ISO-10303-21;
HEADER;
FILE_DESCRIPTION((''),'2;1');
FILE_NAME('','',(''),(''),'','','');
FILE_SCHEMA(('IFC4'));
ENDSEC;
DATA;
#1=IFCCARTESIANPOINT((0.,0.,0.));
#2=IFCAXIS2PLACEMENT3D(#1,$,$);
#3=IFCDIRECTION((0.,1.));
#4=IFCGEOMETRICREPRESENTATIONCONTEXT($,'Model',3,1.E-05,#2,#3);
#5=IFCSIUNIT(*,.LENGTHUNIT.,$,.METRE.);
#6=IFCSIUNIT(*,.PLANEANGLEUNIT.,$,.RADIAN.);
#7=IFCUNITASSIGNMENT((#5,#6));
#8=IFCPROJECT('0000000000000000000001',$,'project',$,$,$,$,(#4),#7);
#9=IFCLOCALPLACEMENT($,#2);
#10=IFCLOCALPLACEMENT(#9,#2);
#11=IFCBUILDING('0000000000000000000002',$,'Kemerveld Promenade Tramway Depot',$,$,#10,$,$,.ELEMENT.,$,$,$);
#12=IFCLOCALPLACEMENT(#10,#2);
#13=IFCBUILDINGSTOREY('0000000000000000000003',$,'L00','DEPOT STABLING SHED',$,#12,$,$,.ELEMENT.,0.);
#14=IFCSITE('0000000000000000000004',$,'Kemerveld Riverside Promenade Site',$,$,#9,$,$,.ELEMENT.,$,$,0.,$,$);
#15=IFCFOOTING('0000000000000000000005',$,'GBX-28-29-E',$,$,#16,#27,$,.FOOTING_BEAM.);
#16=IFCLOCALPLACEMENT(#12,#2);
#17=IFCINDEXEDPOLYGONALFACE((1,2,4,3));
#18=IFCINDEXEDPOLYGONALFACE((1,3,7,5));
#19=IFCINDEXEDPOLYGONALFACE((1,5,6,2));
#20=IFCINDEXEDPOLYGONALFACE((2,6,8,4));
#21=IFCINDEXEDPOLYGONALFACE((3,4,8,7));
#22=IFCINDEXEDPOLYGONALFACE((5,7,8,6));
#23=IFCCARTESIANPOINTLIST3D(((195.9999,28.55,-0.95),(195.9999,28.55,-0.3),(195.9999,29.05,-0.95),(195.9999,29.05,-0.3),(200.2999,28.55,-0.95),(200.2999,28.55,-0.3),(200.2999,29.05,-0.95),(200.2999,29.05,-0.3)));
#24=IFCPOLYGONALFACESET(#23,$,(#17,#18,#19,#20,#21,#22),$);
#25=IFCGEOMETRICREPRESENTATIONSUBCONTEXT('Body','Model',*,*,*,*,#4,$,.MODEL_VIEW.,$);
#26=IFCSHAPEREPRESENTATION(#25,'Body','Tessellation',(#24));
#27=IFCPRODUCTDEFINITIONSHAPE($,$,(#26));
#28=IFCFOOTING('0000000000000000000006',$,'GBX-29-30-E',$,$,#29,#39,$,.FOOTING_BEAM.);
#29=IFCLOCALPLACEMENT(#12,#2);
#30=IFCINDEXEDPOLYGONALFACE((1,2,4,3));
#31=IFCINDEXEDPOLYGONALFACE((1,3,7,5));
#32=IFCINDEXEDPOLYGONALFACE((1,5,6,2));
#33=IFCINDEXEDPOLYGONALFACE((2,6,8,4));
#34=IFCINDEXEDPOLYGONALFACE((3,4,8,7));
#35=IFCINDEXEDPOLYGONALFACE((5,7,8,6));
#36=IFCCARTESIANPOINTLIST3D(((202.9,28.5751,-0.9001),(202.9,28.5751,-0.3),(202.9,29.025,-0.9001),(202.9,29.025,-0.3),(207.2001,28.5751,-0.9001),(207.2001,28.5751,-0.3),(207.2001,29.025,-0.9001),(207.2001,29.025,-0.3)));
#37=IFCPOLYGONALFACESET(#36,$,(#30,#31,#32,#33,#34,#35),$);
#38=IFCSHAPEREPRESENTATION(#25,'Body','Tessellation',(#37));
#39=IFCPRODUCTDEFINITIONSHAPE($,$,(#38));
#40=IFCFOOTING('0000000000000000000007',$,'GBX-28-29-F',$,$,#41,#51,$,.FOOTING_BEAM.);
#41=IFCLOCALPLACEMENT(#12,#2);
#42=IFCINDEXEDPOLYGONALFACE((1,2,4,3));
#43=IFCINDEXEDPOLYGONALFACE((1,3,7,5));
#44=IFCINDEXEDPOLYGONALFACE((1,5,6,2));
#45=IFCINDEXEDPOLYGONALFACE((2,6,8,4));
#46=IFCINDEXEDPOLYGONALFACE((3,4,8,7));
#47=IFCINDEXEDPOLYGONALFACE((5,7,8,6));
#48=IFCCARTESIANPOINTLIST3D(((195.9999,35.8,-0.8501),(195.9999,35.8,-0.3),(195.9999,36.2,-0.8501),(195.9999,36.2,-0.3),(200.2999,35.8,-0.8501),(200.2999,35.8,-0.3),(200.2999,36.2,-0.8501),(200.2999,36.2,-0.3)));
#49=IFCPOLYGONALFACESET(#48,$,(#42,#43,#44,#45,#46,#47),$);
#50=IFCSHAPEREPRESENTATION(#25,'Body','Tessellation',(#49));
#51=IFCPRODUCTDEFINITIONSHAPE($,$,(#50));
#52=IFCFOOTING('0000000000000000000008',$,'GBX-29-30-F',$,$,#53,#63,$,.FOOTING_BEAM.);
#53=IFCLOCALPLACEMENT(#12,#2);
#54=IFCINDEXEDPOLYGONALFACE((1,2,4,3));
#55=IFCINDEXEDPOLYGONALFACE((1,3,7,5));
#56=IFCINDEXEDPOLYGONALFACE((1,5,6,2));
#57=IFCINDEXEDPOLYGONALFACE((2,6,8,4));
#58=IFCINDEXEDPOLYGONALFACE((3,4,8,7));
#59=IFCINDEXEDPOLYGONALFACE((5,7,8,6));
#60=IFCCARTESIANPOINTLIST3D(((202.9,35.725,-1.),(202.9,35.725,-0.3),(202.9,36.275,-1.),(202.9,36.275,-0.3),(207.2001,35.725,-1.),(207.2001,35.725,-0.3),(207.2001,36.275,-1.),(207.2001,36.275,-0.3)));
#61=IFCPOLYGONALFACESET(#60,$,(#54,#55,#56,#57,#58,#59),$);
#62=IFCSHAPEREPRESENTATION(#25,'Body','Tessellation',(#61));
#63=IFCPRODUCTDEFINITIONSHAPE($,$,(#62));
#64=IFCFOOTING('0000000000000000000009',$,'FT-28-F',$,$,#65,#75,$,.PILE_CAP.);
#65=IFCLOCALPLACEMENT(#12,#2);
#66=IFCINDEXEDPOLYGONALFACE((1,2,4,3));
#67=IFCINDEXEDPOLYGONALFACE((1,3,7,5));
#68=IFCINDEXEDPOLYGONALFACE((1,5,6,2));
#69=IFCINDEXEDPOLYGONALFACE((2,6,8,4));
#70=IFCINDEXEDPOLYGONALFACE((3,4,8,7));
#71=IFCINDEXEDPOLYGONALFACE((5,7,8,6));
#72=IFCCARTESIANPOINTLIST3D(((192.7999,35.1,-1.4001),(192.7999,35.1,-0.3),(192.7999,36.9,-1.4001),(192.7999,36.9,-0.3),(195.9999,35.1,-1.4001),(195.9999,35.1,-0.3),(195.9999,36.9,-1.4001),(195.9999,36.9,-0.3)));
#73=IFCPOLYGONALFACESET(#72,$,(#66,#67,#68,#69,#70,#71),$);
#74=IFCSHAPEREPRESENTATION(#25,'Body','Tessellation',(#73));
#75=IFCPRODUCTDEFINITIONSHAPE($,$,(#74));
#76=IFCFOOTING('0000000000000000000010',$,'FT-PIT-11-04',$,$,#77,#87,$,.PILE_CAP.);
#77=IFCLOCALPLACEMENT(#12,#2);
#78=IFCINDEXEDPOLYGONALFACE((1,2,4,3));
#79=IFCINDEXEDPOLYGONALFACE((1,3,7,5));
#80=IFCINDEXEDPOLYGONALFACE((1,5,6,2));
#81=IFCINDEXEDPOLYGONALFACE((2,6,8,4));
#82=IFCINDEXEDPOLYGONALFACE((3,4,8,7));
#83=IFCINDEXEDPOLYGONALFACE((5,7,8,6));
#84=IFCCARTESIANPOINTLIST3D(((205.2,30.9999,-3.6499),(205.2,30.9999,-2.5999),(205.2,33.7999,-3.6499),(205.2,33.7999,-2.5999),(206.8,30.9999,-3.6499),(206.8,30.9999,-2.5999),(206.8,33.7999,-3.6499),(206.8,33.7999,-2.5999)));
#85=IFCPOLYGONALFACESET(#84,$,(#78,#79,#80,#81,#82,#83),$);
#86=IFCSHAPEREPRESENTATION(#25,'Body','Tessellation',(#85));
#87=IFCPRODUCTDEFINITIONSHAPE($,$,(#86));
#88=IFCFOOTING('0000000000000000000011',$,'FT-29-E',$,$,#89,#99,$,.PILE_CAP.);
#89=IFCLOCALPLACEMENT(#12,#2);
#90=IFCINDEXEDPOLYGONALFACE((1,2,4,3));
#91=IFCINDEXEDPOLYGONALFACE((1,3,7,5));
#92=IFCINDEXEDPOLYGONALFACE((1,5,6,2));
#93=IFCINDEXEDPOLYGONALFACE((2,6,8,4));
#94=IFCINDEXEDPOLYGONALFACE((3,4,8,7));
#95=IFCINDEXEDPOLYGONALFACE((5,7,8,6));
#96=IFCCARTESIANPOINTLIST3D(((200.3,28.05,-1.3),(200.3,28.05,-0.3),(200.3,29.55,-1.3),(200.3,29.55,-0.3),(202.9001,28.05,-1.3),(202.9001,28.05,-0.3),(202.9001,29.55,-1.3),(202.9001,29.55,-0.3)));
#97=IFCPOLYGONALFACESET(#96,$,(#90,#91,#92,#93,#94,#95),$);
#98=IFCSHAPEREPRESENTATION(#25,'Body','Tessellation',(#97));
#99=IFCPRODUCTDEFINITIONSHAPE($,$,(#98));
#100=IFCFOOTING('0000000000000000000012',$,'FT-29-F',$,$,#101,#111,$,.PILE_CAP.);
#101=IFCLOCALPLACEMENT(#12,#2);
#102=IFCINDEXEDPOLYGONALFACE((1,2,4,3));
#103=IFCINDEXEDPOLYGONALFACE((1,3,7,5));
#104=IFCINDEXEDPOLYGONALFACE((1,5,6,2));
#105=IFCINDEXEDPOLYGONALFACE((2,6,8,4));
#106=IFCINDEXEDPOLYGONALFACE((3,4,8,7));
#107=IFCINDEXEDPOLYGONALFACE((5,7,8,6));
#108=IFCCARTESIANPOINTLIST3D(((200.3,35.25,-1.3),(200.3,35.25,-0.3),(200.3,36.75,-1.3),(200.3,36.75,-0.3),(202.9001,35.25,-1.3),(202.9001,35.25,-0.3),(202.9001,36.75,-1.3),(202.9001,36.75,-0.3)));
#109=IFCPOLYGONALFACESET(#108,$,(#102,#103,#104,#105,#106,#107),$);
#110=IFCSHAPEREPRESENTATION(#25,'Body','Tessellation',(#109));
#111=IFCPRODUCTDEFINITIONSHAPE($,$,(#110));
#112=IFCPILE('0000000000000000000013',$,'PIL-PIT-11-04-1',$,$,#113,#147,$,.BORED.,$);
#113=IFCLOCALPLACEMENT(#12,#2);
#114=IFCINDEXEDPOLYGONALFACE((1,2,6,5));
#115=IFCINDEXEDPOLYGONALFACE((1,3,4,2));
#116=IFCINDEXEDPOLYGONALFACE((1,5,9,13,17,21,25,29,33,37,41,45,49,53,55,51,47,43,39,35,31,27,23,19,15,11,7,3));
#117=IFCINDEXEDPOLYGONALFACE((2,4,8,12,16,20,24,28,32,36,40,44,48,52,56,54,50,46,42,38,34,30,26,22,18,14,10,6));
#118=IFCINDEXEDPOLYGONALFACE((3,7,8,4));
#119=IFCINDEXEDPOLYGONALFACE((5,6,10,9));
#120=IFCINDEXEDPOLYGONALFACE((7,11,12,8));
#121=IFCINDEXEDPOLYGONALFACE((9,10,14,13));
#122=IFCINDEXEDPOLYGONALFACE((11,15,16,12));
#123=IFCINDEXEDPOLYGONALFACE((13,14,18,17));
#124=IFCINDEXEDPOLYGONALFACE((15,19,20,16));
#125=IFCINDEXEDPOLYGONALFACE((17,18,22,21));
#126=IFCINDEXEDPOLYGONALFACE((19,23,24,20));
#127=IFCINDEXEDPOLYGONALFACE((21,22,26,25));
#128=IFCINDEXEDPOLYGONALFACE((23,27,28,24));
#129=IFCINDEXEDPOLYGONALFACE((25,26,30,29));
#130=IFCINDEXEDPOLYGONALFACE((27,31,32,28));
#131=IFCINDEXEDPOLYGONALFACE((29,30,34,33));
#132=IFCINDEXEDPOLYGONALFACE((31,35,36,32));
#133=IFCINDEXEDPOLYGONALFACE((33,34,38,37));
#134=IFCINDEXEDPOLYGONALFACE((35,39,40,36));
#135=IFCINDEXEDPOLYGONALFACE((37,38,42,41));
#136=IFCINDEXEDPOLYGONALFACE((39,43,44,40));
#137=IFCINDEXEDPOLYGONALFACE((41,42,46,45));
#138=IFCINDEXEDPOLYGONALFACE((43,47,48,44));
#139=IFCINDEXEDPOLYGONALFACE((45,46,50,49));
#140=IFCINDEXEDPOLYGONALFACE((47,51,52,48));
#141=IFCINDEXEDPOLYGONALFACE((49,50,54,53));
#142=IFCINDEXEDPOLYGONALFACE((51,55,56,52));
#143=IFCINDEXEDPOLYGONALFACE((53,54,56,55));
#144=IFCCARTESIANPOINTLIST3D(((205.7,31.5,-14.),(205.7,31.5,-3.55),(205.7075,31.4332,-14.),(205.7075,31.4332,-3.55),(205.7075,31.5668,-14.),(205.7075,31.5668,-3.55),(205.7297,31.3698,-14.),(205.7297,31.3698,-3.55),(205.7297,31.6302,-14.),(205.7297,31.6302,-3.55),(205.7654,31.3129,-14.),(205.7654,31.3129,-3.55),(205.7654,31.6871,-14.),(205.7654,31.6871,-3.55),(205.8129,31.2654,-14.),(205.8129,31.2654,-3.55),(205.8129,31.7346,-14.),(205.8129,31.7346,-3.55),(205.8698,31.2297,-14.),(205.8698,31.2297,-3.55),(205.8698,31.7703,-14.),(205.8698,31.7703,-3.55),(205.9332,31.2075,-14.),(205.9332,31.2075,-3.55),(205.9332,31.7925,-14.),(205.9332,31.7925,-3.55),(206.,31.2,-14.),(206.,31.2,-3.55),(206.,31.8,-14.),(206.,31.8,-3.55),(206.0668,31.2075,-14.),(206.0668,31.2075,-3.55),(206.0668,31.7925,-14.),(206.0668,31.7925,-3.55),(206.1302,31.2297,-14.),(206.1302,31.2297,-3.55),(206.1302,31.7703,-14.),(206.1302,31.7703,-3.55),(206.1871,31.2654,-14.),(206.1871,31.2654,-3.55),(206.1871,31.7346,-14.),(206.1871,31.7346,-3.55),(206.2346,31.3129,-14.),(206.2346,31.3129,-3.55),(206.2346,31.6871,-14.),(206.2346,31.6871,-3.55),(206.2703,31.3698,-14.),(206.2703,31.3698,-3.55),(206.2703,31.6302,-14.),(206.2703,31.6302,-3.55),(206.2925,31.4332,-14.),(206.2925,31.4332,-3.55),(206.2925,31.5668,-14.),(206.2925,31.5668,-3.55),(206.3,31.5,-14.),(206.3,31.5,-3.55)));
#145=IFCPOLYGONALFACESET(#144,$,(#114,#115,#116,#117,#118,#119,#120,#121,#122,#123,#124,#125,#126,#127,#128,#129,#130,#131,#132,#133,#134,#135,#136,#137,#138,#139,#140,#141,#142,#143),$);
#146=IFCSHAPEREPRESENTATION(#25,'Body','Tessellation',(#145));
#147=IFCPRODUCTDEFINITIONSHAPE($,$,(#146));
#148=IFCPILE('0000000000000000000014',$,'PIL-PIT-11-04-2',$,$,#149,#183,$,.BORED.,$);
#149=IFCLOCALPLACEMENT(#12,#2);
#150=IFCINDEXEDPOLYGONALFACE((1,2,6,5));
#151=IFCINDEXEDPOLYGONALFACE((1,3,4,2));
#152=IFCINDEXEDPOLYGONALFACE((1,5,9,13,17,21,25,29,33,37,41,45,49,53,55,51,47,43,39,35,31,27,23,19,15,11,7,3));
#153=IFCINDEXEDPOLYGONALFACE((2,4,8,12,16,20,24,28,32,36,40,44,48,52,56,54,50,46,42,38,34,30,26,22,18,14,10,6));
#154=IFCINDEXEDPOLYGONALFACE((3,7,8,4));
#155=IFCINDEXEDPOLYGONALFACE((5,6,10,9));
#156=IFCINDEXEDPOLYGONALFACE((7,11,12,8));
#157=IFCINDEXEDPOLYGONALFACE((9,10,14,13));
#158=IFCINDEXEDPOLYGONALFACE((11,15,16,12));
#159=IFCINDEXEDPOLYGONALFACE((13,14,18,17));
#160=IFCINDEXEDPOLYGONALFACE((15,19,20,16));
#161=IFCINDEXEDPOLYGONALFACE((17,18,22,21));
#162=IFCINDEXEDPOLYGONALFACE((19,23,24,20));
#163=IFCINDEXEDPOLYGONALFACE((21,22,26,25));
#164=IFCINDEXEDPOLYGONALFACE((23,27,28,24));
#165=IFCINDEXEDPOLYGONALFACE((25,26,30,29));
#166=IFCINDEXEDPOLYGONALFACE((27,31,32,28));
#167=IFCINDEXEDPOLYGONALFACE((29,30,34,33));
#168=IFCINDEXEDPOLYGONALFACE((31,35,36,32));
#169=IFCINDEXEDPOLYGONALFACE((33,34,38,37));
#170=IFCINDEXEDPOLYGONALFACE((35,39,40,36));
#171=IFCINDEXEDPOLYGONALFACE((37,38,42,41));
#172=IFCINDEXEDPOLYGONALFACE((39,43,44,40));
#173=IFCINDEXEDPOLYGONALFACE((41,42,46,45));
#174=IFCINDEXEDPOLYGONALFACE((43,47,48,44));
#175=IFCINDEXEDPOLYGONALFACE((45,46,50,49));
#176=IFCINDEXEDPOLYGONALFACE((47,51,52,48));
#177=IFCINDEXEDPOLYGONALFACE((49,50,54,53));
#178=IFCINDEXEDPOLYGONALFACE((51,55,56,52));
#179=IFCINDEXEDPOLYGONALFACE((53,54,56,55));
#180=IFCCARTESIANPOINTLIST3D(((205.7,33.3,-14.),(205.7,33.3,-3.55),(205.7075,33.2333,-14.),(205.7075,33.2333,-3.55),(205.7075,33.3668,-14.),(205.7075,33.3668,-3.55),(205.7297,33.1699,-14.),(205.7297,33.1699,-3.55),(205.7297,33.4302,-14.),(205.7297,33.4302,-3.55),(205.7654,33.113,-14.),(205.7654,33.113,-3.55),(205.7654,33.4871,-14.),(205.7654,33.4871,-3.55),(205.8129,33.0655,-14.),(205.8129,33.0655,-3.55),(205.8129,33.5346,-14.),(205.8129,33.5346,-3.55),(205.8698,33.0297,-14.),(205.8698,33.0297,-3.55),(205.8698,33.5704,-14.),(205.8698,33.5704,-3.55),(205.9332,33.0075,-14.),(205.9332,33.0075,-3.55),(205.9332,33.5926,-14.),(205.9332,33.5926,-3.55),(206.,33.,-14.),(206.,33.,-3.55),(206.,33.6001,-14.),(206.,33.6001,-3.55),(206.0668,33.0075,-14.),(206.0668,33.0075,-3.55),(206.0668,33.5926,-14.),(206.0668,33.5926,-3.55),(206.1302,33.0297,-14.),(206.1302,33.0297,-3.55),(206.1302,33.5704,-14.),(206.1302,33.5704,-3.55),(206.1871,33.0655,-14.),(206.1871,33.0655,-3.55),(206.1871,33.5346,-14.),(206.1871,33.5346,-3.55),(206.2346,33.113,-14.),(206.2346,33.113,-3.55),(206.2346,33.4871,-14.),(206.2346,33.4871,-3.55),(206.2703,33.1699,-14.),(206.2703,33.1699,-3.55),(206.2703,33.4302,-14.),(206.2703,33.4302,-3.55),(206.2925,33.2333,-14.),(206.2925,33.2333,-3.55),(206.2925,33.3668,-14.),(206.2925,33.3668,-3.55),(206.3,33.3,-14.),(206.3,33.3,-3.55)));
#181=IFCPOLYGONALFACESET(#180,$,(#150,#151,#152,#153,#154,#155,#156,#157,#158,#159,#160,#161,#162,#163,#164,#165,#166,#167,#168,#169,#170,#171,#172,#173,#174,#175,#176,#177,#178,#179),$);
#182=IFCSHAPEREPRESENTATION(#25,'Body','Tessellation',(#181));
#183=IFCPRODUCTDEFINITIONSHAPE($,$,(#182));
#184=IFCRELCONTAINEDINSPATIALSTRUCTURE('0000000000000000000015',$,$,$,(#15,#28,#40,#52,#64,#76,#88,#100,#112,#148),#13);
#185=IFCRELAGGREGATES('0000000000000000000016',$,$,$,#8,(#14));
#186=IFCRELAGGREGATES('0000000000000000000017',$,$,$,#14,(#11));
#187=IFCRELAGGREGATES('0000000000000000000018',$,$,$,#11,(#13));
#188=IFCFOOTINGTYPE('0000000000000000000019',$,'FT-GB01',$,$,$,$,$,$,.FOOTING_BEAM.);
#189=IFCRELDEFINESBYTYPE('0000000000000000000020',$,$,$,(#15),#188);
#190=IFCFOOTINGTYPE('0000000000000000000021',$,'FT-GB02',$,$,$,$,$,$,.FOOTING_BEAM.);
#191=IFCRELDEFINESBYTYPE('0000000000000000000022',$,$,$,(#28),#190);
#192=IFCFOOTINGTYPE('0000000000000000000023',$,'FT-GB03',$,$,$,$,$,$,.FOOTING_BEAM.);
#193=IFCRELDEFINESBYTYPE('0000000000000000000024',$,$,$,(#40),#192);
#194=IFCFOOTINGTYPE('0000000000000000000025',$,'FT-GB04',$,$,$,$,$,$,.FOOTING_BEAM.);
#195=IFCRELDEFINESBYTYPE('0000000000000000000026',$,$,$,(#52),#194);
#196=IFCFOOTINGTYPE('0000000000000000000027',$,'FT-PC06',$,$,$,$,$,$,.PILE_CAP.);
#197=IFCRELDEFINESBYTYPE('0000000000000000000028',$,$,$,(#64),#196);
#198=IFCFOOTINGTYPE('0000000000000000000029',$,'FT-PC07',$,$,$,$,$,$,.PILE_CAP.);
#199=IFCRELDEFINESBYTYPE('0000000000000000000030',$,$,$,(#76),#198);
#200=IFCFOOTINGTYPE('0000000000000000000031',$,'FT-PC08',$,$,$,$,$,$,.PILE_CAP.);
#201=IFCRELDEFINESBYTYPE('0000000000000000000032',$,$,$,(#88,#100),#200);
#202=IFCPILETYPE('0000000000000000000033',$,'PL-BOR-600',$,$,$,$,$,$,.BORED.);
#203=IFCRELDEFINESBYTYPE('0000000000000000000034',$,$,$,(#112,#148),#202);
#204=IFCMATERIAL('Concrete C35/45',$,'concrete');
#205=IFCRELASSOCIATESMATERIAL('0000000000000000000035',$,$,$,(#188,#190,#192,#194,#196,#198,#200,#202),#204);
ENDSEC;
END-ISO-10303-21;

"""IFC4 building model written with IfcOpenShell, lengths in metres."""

from ifc_helpers import new_model, si_unit, direction, frame, origin, origin_2d, place, context, subcontext, project, spatial, rectangle, circle, extrude, material, material_profile, profile_set, type_object, element, save


model = new_model("IFC4")

# Units and contexts
model_context = context("Model", 3, precision=1e-05, world=origin(), true_north=direction((0.0, 1.0)))
body_context = subcontext(model_context, "Body", "Model", "MODEL_VIEW")
ifc_project = project(units=[si_unit("LENGTHUNIT", "METRE"), si_unit("PLANEANGLEUNIT", "RADIAN")], contexts=[model_context])

# Site, building, storey
site_placement = place(None, origin())
site = spatial("IfcSite", under=ifc_project, at=site_placement, Name="Kemerveld Riverside Promenade Site", CompositionType="ELEMENT", RefElevation=0.0)
building_placement = place(site_placement, origin())
building = spatial("IfcBuilding", under=site, at=building_placement, Name="Kemerveld Promenade Tramway Depot", CompositionType="ELEMENT")
storey_placement = place(building_placement, origin())
storey = spatial("IfcBuildingStorey", under=building, at=storey_placement, Name="L00", Description="DEPOT STABLING SHED", CompositionType="ELEMENT", Elevation=0.0)

# Footings
ifc_material_1 = material(Name="Concrete C35/45", Category="concrete")
footing_type_1 = type_object("IfcFootingType", Name="FT-GB01", PredefinedType="FOOTING_BEAM", material=ifc_material_1)
footing_1_placement = place(storey_placement, frame((198.1499, 28.8, -0.95), z_axis=(0.0, 0.0, 1.0), x_axis=(1.0, 0.0, 0.0)))
element("IfcFooting", 1, at=footing_1_placement, inside=storey, type_object=footing_type_1, Name="GBX-28-29-E", PredefinedType="FOOTING_BEAM", context=body_context, shape_type="SweptSolid", body=[
    extrude(rectangle(XDim=4.3, YDim=0.5, at=origin_2d()), origin(), (0.0, 0.0, 1.0), 0.6499),
])
footing_type_2 = type_object("IfcFootingType", Name="FT-GB02", PredefinedType="FOOTING_BEAM", material=ifc_material_1)
footing_2_placement = place(storey_placement, frame((205.05, 28.8, -0.9001), z_axis=(0.0, 0.0, 1.0), x_axis=(1.0, 0.0, 0.0)))
element("IfcFooting", 2, at=footing_2_placement, inside=storey, type_object=footing_type_2, Name="GBX-29-30-E", PredefinedType="FOOTING_BEAM", context=body_context, shape_type="SweptSolid", body=[
    extrude(rectangle(XDim=4.3, YDim=0.45, at=origin_2d()), origin(), (0.0, 0.0, 1.0), 0.6001),
])
footing_type_3 = type_object("IfcFootingType", Name="FT-GB03", PredefinedType="FOOTING_BEAM", material=ifc_material_1)
footing_3_placement = place(storey_placement, frame((198.1499, 36.0, -0.8501), z_axis=(0.0, 0.0, 1.0), x_axis=(1.0, 0.0, 0.0)))
element("IfcFooting", 3, at=footing_3_placement, inside=storey, type_object=footing_type_3, Name="GBX-28-29-F", PredefinedType="FOOTING_BEAM", context=body_context, shape_type="SweptSolid", body=[
    extrude(rectangle(XDim=4.3, YDim=0.3999, at=origin_2d()), origin(), (0.0, 0.0, 1.0), 0.55),
])
footing_type_4 = type_object("IfcFootingType", Name="FT-GB04", PredefinedType="FOOTING_BEAM", material=ifc_material_1)
footing_4_placement = place(storey_placement, frame((205.05, 36.0, -1.0), z_axis=(0.0, 0.0, 1.0), x_axis=(1.0, 0.0, 0.0)))
element("IfcFooting", 4, at=footing_4_placement, inside=storey, type_object=footing_type_4, Name="GBX-29-30-F", PredefinedType="FOOTING_BEAM", context=body_context, shape_type="SweptSolid", body=[
    extrude(rectangle(XDim=4.3, YDim=0.55, at=origin_2d()), origin(), (0.0, 0.0, 1.0), 0.7),
])
footing_type_5 = type_object("IfcFootingType", Name="FT-PC06", PredefinedType="PILE_CAP", material=ifc_material_1)
footing_5_placement = place(storey_placement, frame((194.3999, 36.0, -1.4001), z_axis=(0.0, 0.0, 1.0), x_axis=(1.0, 0.0, 0.0)))
element("IfcFooting", 5, at=footing_5_placement, inside=storey, type_object=footing_type_5, Name="FT-28-F", PredefinedType="PILE_CAP", context=body_context, shape_type="SweptSolid", body=[
    extrude(rectangle(XDim=3.2, YDim=1.8, at=origin_2d()), origin(), (0.0, 0.0, 1.0), 1.1001),
])
footing_type_6 = type_object("IfcFootingType", Name="FT-PC07", PredefinedType="PILE_CAP", material=ifc_material_1)
footing_6_placement = place(storey_placement, frame((206.0, 32.3999, -3.6499), z_axis=(0.0, 0.0, 1.0), x_axis=(1.0, 0.0, 0.0)))
element("IfcFooting", 6, at=footing_6_placement, inside=storey, type_object=footing_type_6, Name="FT-PIT-11-04", PredefinedType="PILE_CAP", context=body_context, shape_type="SweptSolid", body=[
    extrude(rectangle(XDim=1.6001, YDim=2.8, at=origin_2d()), origin(), (0.0, 0.0, 1.0), 1.05),
])
footing_type_7 = type_object("IfcFootingType", Name="FT-PC08", PredefinedType="PILE_CAP", material=ifc_material_1)
for number, where, z_axis, x_axis, name in (
    (7, (201.6001, 28.8, -1.3), (0.0, 0.0, 1.0), (1.0, 0.0, 0.0), "FT-29-E"),
    (8, (201.6001, 36.0, -1.3), (0.0, 0.0, 1.0), (1.0, 0.0, 0.0), "FT-29-F"),
):
    element("IfcFooting", number, at=place(storey_placement, frame(where, z_axis=z_axis, x_axis=x_axis)), inside=storey, type_object=footing_type_7, Name=name, PredefinedType="PILE_CAP", context=body_context, shape_type="SweptSolid", body=[
        extrude(rectangle(XDim=2.6001, YDim=1.5, at=origin_2d()), origin(), (0.0, 0.0, 1.0), 1.0),
    ])

# Piles
ifc_material_profile_1 = material_profile(ifc_material_1, circle(Radius=0.3, at=origin_2d()), Name="PILE-D600")
ifc_profile_set_1 = profile_set([ifc_material_profile_1], Name="Concrete C35/45")
pile_type_1 = type_object("IfcPileType", Name="PL-BOR-600", PredefinedType="BORED", material=ifc_profile_set_1)
for number, where, z_axis, x_axis, name in (
    (9, (206.0, 31.5, -3.55), (0.0, 0.0, -1.0), (1.0, 0.0, 0.0), "PIL-PIT-11-04-1"),
    (10, (206.0, 33.3, -3.55), (0.0, 0.0, -1.0), (1.0, 0.0, 0.0), "PIL-PIT-11-04-2"),
):
    element("IfcPile", number, at=place(storey_placement, frame(where, z_axis=z_axis, x_axis=x_axis)), inside=storey, type_object=pile_type_1, Name=name, PredefinedType="BORED", context=body_context, shape_type="SweptSolid", body=[
        extrude(circle(Radius=0.3, at=origin_2d()), origin(), (0.0, 0.0, 1.0), 10.45),
    ])

save(model, "model.ifc")
